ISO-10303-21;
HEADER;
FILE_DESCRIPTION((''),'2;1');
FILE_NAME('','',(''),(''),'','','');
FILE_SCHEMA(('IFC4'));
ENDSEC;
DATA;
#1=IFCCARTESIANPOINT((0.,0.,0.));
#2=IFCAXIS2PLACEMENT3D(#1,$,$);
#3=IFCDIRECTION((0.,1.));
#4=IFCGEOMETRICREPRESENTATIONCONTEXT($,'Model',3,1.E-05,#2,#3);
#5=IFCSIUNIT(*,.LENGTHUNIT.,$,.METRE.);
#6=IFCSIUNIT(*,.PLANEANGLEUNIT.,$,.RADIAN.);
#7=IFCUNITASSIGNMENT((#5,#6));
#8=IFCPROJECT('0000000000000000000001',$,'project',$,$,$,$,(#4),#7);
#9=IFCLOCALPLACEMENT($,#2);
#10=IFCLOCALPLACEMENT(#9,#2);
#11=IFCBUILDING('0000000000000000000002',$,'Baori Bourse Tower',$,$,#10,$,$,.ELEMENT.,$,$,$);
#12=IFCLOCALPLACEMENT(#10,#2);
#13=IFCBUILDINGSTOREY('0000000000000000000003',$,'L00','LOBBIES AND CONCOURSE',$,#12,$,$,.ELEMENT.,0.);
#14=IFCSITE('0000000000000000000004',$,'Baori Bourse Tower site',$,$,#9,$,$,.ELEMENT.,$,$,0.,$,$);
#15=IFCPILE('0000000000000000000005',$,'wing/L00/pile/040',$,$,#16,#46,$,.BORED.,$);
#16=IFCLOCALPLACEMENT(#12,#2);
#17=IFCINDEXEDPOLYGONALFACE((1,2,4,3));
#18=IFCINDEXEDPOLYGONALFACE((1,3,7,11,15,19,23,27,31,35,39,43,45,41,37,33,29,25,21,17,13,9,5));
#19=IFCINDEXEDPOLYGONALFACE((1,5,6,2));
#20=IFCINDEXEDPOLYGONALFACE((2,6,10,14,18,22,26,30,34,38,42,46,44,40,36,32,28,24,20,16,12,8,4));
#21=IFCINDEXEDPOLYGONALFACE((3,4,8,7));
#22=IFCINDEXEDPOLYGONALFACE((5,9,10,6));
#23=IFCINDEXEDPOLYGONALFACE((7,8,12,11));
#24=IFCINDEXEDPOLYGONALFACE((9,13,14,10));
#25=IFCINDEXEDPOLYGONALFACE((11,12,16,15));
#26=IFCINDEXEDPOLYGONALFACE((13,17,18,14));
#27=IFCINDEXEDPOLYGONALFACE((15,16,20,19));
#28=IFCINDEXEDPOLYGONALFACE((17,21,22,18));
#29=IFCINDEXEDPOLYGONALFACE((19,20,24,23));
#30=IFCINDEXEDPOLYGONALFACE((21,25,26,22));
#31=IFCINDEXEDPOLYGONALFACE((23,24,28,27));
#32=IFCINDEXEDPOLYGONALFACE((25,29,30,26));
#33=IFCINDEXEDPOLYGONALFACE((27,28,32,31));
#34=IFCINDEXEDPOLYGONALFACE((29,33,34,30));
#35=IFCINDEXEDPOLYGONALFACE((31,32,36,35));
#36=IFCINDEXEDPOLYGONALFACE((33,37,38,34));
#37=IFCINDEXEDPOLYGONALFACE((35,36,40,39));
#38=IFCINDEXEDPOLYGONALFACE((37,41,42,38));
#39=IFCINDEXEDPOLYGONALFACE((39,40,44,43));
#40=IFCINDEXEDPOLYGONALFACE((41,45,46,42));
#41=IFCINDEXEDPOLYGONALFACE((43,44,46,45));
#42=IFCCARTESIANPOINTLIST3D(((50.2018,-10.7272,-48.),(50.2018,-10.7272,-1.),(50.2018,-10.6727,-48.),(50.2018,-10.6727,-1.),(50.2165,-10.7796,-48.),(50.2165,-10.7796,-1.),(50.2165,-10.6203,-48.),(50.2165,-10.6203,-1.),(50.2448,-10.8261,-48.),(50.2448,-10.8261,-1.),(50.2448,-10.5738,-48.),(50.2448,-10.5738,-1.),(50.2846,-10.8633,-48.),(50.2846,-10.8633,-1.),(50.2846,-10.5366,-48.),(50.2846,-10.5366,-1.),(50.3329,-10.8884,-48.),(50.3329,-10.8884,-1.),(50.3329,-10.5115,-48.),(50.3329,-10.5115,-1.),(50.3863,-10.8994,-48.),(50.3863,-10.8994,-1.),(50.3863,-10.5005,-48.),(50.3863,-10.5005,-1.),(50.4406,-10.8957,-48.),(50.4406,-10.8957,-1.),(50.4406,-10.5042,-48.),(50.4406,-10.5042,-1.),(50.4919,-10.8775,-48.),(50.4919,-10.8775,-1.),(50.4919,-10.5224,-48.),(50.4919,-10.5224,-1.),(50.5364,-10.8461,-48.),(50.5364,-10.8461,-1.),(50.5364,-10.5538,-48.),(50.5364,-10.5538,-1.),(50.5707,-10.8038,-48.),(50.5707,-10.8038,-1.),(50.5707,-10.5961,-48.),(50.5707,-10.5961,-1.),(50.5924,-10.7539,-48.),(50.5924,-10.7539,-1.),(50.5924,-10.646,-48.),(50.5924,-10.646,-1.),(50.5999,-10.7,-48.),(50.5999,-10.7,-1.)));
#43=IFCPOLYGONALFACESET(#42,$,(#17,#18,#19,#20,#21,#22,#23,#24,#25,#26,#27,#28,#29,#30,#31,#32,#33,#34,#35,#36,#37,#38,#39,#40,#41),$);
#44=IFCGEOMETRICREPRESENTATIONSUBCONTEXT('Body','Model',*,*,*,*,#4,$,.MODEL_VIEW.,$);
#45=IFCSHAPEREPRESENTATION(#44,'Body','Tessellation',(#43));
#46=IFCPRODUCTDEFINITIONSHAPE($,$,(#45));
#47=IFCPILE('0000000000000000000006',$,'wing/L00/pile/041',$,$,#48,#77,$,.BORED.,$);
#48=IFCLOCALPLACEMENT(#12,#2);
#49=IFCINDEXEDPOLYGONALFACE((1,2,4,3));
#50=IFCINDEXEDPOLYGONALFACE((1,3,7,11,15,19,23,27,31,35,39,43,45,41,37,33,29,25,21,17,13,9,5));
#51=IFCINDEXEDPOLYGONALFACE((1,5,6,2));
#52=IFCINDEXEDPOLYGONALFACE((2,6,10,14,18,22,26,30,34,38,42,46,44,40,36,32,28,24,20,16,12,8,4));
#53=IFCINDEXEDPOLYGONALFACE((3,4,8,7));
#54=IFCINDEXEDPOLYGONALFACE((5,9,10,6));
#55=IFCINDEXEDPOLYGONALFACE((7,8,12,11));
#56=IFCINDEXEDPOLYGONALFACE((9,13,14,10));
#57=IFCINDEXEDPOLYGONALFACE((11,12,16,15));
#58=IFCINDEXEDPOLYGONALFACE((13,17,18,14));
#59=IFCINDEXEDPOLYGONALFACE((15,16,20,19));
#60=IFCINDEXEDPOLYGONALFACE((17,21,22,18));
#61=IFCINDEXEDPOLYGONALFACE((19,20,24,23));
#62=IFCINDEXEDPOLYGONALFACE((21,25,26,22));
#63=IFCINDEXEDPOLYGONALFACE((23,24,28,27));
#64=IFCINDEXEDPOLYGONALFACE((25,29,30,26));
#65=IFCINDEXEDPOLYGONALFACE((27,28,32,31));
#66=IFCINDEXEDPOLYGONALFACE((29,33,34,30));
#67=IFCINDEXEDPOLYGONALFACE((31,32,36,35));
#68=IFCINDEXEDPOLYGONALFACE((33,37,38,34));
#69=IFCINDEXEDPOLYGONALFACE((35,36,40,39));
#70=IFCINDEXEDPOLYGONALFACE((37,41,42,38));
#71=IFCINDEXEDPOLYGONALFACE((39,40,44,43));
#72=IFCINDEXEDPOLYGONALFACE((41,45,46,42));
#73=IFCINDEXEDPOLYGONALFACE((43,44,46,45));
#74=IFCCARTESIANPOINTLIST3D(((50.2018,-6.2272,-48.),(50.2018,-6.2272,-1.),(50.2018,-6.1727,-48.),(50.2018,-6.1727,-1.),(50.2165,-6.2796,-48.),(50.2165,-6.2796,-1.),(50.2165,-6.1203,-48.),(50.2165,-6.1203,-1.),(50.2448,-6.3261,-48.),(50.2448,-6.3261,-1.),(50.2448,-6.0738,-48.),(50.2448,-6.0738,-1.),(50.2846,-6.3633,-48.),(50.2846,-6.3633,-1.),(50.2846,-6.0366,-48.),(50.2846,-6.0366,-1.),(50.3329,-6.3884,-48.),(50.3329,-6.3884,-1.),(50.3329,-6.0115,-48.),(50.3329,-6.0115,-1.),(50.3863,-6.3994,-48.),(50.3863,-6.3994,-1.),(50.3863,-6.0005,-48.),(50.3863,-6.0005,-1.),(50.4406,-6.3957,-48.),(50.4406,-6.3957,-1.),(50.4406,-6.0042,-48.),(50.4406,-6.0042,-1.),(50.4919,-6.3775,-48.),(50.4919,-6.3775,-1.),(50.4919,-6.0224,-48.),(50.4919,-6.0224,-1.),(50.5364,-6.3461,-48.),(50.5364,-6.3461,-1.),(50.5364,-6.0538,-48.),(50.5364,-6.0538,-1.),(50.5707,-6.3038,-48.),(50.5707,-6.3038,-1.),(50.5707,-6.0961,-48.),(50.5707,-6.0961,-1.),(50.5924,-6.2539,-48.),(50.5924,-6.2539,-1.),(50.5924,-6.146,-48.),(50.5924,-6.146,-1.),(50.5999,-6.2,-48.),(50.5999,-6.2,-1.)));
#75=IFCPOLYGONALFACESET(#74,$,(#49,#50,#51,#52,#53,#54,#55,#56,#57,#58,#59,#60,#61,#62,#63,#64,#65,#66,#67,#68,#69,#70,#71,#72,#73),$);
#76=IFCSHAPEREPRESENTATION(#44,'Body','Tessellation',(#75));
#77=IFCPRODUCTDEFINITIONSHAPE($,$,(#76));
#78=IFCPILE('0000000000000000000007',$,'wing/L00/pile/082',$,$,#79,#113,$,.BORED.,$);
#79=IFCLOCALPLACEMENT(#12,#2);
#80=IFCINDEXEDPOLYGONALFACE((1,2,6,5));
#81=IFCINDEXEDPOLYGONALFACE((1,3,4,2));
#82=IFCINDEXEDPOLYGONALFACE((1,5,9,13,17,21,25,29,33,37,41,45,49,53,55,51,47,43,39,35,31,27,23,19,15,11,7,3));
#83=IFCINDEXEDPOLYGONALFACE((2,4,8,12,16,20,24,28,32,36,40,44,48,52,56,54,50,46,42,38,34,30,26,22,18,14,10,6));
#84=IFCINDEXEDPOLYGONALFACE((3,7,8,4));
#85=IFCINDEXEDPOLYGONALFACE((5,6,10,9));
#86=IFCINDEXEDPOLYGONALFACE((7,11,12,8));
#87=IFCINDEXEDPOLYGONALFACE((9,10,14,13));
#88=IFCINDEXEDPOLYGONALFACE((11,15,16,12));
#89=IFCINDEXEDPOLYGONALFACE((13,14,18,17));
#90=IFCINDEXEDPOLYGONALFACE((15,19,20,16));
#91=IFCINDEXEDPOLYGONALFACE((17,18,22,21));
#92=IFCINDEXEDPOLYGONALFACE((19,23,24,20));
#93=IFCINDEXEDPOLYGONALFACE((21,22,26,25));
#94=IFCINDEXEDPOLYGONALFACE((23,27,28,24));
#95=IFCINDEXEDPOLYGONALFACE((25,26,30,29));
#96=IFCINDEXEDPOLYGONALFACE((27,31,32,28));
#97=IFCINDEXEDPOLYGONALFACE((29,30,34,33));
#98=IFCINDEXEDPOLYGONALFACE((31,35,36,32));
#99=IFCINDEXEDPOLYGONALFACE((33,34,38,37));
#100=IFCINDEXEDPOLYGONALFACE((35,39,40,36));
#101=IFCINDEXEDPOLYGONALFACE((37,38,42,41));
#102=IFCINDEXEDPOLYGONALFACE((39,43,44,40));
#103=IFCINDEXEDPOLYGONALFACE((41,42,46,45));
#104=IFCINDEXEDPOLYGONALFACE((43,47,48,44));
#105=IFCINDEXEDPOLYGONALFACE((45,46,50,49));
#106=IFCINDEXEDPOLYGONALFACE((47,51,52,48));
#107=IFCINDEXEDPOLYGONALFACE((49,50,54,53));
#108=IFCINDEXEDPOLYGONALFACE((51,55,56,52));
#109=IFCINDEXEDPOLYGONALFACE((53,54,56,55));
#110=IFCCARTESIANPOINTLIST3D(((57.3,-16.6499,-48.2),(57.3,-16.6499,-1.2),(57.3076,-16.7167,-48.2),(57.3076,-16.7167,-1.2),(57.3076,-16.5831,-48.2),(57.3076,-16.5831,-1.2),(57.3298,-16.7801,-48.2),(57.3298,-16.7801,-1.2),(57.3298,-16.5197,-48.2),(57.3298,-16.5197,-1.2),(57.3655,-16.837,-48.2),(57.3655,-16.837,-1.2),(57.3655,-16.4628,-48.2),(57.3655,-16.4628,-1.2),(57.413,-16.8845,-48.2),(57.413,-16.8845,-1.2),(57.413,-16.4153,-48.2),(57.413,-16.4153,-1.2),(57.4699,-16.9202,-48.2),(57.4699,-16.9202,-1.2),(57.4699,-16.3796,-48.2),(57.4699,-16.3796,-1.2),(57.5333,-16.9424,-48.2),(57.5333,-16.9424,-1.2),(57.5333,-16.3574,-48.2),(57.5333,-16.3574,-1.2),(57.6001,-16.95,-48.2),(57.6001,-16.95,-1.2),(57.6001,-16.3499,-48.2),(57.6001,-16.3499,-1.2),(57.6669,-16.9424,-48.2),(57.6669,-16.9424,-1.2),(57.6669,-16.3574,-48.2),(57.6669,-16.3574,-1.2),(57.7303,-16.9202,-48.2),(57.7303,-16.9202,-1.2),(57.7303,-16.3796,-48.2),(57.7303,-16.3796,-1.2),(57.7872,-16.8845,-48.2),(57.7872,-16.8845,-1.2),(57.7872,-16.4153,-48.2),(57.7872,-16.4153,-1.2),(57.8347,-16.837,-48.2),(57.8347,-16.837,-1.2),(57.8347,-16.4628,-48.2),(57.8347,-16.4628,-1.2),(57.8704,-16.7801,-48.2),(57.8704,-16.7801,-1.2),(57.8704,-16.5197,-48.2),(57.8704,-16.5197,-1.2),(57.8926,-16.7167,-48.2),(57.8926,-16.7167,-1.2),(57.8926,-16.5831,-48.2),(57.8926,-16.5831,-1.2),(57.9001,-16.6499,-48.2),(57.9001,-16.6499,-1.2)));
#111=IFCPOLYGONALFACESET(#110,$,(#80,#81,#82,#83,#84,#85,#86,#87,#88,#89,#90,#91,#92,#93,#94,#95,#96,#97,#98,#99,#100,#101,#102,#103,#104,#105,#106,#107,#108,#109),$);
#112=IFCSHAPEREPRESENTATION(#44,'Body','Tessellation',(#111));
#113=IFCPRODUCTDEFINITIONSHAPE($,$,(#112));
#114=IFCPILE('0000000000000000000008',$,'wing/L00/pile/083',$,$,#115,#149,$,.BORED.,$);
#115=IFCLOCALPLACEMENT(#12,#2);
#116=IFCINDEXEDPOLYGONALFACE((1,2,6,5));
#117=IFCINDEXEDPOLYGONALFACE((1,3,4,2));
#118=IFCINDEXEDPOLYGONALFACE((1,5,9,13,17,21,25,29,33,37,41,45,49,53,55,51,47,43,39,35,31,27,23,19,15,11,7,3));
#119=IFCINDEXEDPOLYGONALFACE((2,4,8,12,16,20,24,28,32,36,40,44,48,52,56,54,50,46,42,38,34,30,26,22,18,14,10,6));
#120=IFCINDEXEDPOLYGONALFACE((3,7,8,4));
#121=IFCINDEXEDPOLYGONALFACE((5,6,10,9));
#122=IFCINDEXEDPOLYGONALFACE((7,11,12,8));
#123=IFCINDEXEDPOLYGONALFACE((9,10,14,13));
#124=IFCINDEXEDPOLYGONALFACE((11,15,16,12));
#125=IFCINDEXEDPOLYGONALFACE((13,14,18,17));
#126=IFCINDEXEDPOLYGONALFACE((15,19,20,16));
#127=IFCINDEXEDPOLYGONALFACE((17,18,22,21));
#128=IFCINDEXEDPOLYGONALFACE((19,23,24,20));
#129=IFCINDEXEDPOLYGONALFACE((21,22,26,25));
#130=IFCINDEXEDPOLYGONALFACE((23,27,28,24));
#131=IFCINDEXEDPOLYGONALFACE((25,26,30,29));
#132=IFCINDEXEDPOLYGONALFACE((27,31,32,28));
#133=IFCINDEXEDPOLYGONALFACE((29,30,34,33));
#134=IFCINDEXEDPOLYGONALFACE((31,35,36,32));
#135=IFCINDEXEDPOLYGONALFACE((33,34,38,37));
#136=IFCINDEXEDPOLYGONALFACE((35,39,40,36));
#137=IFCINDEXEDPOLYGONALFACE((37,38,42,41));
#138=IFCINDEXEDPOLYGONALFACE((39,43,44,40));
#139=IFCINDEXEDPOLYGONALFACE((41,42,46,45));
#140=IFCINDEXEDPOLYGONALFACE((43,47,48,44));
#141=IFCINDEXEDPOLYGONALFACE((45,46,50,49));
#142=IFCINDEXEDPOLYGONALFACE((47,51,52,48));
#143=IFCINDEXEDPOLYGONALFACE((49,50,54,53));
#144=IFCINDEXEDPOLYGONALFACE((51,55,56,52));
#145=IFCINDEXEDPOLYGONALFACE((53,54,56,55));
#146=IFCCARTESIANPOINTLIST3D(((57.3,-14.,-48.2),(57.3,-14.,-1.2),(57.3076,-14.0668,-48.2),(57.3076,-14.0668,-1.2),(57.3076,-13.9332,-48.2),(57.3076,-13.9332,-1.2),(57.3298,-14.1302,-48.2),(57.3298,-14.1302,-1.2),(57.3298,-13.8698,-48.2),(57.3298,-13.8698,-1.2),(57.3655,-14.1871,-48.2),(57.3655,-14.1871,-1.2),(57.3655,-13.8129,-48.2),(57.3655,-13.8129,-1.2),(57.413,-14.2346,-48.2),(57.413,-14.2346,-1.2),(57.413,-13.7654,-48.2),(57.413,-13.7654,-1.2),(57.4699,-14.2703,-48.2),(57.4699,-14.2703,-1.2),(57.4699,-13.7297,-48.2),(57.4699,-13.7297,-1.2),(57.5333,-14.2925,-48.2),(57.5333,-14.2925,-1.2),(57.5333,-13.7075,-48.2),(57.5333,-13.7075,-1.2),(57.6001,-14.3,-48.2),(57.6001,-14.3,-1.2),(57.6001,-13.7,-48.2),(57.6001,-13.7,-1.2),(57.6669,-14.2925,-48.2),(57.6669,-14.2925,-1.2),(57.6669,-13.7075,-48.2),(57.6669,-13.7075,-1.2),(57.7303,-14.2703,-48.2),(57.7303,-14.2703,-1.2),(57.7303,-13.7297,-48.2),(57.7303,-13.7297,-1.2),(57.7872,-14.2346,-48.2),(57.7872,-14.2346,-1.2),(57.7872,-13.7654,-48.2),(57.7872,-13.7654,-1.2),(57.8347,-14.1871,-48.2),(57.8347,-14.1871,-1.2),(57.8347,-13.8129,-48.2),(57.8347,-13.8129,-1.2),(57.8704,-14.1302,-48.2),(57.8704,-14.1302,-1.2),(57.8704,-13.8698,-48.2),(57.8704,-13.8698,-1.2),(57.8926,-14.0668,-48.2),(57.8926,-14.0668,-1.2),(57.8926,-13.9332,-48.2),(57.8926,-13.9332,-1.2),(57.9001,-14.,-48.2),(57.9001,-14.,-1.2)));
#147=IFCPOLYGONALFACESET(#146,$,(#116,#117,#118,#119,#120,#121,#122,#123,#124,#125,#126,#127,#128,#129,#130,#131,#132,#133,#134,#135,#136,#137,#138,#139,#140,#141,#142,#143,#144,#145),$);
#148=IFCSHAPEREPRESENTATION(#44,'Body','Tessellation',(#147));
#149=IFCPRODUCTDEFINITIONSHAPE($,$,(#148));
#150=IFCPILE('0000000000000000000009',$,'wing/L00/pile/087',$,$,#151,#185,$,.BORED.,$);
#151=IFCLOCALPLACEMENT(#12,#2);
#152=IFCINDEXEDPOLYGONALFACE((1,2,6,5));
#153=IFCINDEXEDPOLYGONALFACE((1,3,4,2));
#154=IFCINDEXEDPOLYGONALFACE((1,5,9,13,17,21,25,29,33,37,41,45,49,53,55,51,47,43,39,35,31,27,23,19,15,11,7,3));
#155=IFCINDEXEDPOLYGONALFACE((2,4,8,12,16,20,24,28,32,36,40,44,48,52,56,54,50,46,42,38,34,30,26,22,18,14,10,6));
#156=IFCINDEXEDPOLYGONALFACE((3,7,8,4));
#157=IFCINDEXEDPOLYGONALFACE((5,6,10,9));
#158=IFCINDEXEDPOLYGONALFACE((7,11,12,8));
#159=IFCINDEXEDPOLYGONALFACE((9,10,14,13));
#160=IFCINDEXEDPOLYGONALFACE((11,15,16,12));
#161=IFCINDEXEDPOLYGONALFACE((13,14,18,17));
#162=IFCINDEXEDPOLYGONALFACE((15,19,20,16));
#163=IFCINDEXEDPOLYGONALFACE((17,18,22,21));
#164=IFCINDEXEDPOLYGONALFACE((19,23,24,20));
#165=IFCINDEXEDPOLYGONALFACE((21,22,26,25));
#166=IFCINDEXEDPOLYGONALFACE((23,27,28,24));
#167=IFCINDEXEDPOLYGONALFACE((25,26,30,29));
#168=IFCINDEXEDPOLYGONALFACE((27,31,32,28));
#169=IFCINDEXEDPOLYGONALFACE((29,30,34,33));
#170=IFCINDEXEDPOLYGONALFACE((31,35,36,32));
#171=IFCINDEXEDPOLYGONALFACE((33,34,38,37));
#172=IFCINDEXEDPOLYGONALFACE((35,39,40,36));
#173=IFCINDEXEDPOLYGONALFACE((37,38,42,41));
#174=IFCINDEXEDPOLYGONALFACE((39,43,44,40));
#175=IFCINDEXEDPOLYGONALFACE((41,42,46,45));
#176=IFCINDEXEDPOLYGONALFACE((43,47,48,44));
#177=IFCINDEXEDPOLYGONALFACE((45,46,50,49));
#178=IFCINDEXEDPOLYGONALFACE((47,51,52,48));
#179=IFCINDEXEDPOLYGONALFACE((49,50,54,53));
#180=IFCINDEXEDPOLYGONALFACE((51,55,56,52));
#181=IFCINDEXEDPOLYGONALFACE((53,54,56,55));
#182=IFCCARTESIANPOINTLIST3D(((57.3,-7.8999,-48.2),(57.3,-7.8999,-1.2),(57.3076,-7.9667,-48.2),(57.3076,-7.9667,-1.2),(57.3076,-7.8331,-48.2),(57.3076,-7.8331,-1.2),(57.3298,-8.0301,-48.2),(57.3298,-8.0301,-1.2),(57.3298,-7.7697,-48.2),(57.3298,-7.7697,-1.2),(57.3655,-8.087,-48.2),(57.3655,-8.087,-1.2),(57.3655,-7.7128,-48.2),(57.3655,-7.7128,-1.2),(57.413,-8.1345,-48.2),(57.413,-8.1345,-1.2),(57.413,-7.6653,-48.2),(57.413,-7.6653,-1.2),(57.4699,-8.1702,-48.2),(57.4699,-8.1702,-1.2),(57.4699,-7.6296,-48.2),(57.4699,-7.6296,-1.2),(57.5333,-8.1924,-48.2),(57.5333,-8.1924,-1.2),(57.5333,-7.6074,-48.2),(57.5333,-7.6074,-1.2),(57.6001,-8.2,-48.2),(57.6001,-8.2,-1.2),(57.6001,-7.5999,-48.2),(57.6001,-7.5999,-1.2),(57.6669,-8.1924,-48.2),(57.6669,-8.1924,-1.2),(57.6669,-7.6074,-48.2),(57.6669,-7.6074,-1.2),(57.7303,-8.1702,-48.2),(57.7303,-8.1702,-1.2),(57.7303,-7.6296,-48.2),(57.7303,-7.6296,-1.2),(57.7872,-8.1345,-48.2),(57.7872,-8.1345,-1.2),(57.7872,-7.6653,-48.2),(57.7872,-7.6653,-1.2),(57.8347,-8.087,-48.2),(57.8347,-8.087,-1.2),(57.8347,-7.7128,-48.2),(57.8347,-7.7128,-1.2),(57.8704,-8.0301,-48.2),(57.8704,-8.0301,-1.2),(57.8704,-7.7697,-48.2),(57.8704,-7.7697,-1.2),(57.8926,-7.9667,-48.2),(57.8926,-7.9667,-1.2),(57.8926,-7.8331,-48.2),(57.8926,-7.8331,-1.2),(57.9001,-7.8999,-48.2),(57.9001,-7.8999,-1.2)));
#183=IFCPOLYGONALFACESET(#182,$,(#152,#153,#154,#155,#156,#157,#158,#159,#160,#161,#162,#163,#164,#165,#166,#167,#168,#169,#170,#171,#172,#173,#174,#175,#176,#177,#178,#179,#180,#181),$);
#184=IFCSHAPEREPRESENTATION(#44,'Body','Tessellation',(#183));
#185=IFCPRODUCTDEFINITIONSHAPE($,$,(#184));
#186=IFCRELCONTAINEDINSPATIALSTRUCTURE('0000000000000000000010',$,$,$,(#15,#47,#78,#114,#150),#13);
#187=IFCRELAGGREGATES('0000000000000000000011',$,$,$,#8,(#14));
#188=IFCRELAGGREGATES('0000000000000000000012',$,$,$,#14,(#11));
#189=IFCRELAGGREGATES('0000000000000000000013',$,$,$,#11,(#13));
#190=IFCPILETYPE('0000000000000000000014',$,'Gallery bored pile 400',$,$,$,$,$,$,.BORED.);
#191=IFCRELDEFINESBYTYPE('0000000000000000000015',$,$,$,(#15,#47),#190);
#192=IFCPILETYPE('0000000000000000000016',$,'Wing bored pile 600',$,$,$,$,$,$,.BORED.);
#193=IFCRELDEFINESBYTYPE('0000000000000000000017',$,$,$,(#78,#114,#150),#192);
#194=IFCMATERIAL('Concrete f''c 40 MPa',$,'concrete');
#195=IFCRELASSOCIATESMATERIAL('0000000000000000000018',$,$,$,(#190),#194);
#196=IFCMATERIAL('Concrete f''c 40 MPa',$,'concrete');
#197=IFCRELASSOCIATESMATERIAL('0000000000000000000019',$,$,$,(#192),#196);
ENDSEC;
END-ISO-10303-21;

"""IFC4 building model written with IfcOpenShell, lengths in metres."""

from ifc_helpers import new_model, si_unit, direction, frame, origin, origin_2d, place, context, subcontext, project, spatial, circle, extrude, material, material_profile, profile_set, type_object, element, save


model = new_model("IFC4")

# Units and contexts
model_context = context("Model", 3, precision=1e-05, world=origin(), true_north=direction((0.0, 1.0)))
body_context = subcontext(model_context, "Body", "Model", "MODEL_VIEW")
ifc_project = project(units=[si_unit("LENGTHUNIT", "METRE"), si_unit("PLANEANGLEUNIT", "RADIAN")], contexts=[model_context])

# Site, building, storey
site_placement = place(None, origin())
site = spatial("IfcSite", under=ifc_project, at=site_placement, Name="Baori Bourse Tower site", CompositionType="ELEMENT", RefElevation=0.0)
building_placement = place(site_placement, origin())
building = spatial("IfcBuilding", under=site, at=building_placement, Name="Baori Bourse Tower", CompositionType="ELEMENT")
storey_placement = place(building_placement, origin())
storey = spatial("IfcBuildingStorey", under=building, at=storey_placement, Name="L00", Description="LOBBIES AND CONCOURSE", CompositionType="ELEMENT", Elevation=0.0)

# Piles
ifc_material_1 = material(Name="Concrete f'c 40 MPa", Category="concrete")
ifc_material_profile_1 = material_profile(ifc_material_1, circle(Radius=0.2, at=origin_2d()), Name="Gallery bored pile 400")
ifc_profile_set_1 = profile_set([ifc_material_profile_1], Name="Concrete f'c 40 MPa")
pile_type_1 = type_object("IfcPileType", Name="Gallery bored pile 400", PredefinedType="BORED", material=ifc_profile_set_1)
for number, where, z_axis, x_axis, name in (
    (1, (50.3999, -10.7, -1.0), (0.0, 0.0, -1.0), (1.0, 0.0, 0.0), "wing/L00/pile/040"),
    (2, (50.3999, -6.2, -1.0), (0.0, 0.0, -1.0), (1.0, 0.0, 0.0), "wing/L00/pile/041"),
):
    element("IfcPile", number, at=place(storey_placement, frame(where, z_axis=z_axis, x_axis=x_axis)), inside=storey, type_object=pile_type_1, Name=name, PredefinedType="BORED", context=body_context, shape_type="SweptSolid", body=[
        extrude(circle(Radius=0.2, at=origin_2d()), origin(), (0.0, 0.0, 1.0), 47.0),
    ])
ifc_material_2 = material(Name="Concrete f'c 40 MPa", Category="concrete")
ifc_material_profile_2 = material_profile(ifc_material_2, circle(Radius=0.3, at=origin_2d()), Name="Wing bored pile 600")
ifc_profile_set_2 = profile_set([ifc_material_profile_2], Name="Concrete f'c 40 MPa")
pile_type_2 = type_object("IfcPileType", Name="Wing bored pile 600", PredefinedType="BORED", material=ifc_profile_set_2)
for number, where, z_axis, x_axis, name in (
    (3, (57.6001, -16.6499, -1.2), (0.0, 0.0, -1.0), (1.0, 0.0, 0.0), "wing/L00/pile/082"),
    (4, (57.6001, -14.0, -1.2), (0.0, 0.0, -1.0), (1.0, 0.0, 0.0), "wing/L00/pile/083"),
    (5, (57.6001, -7.8999, -1.2), (0.0, 0.0, -1.0), (1.0, 0.0, 0.0), "wing/L00/pile/087"),
):
    element("IfcPile", number, at=place(storey_placement, frame(where, z_axis=z_axis, x_axis=x_axis)), inside=storey, type_object=pile_type_2, Name=name, PredefinedType="BORED", context=body_context, shape_type="SweptSolid", body=[
        extrude(circle(Radius=0.3, at=origin_2d()), origin(), (0.0, 0.0, 1.0), 47.0),
    ])

save(model, "model.ifc")
